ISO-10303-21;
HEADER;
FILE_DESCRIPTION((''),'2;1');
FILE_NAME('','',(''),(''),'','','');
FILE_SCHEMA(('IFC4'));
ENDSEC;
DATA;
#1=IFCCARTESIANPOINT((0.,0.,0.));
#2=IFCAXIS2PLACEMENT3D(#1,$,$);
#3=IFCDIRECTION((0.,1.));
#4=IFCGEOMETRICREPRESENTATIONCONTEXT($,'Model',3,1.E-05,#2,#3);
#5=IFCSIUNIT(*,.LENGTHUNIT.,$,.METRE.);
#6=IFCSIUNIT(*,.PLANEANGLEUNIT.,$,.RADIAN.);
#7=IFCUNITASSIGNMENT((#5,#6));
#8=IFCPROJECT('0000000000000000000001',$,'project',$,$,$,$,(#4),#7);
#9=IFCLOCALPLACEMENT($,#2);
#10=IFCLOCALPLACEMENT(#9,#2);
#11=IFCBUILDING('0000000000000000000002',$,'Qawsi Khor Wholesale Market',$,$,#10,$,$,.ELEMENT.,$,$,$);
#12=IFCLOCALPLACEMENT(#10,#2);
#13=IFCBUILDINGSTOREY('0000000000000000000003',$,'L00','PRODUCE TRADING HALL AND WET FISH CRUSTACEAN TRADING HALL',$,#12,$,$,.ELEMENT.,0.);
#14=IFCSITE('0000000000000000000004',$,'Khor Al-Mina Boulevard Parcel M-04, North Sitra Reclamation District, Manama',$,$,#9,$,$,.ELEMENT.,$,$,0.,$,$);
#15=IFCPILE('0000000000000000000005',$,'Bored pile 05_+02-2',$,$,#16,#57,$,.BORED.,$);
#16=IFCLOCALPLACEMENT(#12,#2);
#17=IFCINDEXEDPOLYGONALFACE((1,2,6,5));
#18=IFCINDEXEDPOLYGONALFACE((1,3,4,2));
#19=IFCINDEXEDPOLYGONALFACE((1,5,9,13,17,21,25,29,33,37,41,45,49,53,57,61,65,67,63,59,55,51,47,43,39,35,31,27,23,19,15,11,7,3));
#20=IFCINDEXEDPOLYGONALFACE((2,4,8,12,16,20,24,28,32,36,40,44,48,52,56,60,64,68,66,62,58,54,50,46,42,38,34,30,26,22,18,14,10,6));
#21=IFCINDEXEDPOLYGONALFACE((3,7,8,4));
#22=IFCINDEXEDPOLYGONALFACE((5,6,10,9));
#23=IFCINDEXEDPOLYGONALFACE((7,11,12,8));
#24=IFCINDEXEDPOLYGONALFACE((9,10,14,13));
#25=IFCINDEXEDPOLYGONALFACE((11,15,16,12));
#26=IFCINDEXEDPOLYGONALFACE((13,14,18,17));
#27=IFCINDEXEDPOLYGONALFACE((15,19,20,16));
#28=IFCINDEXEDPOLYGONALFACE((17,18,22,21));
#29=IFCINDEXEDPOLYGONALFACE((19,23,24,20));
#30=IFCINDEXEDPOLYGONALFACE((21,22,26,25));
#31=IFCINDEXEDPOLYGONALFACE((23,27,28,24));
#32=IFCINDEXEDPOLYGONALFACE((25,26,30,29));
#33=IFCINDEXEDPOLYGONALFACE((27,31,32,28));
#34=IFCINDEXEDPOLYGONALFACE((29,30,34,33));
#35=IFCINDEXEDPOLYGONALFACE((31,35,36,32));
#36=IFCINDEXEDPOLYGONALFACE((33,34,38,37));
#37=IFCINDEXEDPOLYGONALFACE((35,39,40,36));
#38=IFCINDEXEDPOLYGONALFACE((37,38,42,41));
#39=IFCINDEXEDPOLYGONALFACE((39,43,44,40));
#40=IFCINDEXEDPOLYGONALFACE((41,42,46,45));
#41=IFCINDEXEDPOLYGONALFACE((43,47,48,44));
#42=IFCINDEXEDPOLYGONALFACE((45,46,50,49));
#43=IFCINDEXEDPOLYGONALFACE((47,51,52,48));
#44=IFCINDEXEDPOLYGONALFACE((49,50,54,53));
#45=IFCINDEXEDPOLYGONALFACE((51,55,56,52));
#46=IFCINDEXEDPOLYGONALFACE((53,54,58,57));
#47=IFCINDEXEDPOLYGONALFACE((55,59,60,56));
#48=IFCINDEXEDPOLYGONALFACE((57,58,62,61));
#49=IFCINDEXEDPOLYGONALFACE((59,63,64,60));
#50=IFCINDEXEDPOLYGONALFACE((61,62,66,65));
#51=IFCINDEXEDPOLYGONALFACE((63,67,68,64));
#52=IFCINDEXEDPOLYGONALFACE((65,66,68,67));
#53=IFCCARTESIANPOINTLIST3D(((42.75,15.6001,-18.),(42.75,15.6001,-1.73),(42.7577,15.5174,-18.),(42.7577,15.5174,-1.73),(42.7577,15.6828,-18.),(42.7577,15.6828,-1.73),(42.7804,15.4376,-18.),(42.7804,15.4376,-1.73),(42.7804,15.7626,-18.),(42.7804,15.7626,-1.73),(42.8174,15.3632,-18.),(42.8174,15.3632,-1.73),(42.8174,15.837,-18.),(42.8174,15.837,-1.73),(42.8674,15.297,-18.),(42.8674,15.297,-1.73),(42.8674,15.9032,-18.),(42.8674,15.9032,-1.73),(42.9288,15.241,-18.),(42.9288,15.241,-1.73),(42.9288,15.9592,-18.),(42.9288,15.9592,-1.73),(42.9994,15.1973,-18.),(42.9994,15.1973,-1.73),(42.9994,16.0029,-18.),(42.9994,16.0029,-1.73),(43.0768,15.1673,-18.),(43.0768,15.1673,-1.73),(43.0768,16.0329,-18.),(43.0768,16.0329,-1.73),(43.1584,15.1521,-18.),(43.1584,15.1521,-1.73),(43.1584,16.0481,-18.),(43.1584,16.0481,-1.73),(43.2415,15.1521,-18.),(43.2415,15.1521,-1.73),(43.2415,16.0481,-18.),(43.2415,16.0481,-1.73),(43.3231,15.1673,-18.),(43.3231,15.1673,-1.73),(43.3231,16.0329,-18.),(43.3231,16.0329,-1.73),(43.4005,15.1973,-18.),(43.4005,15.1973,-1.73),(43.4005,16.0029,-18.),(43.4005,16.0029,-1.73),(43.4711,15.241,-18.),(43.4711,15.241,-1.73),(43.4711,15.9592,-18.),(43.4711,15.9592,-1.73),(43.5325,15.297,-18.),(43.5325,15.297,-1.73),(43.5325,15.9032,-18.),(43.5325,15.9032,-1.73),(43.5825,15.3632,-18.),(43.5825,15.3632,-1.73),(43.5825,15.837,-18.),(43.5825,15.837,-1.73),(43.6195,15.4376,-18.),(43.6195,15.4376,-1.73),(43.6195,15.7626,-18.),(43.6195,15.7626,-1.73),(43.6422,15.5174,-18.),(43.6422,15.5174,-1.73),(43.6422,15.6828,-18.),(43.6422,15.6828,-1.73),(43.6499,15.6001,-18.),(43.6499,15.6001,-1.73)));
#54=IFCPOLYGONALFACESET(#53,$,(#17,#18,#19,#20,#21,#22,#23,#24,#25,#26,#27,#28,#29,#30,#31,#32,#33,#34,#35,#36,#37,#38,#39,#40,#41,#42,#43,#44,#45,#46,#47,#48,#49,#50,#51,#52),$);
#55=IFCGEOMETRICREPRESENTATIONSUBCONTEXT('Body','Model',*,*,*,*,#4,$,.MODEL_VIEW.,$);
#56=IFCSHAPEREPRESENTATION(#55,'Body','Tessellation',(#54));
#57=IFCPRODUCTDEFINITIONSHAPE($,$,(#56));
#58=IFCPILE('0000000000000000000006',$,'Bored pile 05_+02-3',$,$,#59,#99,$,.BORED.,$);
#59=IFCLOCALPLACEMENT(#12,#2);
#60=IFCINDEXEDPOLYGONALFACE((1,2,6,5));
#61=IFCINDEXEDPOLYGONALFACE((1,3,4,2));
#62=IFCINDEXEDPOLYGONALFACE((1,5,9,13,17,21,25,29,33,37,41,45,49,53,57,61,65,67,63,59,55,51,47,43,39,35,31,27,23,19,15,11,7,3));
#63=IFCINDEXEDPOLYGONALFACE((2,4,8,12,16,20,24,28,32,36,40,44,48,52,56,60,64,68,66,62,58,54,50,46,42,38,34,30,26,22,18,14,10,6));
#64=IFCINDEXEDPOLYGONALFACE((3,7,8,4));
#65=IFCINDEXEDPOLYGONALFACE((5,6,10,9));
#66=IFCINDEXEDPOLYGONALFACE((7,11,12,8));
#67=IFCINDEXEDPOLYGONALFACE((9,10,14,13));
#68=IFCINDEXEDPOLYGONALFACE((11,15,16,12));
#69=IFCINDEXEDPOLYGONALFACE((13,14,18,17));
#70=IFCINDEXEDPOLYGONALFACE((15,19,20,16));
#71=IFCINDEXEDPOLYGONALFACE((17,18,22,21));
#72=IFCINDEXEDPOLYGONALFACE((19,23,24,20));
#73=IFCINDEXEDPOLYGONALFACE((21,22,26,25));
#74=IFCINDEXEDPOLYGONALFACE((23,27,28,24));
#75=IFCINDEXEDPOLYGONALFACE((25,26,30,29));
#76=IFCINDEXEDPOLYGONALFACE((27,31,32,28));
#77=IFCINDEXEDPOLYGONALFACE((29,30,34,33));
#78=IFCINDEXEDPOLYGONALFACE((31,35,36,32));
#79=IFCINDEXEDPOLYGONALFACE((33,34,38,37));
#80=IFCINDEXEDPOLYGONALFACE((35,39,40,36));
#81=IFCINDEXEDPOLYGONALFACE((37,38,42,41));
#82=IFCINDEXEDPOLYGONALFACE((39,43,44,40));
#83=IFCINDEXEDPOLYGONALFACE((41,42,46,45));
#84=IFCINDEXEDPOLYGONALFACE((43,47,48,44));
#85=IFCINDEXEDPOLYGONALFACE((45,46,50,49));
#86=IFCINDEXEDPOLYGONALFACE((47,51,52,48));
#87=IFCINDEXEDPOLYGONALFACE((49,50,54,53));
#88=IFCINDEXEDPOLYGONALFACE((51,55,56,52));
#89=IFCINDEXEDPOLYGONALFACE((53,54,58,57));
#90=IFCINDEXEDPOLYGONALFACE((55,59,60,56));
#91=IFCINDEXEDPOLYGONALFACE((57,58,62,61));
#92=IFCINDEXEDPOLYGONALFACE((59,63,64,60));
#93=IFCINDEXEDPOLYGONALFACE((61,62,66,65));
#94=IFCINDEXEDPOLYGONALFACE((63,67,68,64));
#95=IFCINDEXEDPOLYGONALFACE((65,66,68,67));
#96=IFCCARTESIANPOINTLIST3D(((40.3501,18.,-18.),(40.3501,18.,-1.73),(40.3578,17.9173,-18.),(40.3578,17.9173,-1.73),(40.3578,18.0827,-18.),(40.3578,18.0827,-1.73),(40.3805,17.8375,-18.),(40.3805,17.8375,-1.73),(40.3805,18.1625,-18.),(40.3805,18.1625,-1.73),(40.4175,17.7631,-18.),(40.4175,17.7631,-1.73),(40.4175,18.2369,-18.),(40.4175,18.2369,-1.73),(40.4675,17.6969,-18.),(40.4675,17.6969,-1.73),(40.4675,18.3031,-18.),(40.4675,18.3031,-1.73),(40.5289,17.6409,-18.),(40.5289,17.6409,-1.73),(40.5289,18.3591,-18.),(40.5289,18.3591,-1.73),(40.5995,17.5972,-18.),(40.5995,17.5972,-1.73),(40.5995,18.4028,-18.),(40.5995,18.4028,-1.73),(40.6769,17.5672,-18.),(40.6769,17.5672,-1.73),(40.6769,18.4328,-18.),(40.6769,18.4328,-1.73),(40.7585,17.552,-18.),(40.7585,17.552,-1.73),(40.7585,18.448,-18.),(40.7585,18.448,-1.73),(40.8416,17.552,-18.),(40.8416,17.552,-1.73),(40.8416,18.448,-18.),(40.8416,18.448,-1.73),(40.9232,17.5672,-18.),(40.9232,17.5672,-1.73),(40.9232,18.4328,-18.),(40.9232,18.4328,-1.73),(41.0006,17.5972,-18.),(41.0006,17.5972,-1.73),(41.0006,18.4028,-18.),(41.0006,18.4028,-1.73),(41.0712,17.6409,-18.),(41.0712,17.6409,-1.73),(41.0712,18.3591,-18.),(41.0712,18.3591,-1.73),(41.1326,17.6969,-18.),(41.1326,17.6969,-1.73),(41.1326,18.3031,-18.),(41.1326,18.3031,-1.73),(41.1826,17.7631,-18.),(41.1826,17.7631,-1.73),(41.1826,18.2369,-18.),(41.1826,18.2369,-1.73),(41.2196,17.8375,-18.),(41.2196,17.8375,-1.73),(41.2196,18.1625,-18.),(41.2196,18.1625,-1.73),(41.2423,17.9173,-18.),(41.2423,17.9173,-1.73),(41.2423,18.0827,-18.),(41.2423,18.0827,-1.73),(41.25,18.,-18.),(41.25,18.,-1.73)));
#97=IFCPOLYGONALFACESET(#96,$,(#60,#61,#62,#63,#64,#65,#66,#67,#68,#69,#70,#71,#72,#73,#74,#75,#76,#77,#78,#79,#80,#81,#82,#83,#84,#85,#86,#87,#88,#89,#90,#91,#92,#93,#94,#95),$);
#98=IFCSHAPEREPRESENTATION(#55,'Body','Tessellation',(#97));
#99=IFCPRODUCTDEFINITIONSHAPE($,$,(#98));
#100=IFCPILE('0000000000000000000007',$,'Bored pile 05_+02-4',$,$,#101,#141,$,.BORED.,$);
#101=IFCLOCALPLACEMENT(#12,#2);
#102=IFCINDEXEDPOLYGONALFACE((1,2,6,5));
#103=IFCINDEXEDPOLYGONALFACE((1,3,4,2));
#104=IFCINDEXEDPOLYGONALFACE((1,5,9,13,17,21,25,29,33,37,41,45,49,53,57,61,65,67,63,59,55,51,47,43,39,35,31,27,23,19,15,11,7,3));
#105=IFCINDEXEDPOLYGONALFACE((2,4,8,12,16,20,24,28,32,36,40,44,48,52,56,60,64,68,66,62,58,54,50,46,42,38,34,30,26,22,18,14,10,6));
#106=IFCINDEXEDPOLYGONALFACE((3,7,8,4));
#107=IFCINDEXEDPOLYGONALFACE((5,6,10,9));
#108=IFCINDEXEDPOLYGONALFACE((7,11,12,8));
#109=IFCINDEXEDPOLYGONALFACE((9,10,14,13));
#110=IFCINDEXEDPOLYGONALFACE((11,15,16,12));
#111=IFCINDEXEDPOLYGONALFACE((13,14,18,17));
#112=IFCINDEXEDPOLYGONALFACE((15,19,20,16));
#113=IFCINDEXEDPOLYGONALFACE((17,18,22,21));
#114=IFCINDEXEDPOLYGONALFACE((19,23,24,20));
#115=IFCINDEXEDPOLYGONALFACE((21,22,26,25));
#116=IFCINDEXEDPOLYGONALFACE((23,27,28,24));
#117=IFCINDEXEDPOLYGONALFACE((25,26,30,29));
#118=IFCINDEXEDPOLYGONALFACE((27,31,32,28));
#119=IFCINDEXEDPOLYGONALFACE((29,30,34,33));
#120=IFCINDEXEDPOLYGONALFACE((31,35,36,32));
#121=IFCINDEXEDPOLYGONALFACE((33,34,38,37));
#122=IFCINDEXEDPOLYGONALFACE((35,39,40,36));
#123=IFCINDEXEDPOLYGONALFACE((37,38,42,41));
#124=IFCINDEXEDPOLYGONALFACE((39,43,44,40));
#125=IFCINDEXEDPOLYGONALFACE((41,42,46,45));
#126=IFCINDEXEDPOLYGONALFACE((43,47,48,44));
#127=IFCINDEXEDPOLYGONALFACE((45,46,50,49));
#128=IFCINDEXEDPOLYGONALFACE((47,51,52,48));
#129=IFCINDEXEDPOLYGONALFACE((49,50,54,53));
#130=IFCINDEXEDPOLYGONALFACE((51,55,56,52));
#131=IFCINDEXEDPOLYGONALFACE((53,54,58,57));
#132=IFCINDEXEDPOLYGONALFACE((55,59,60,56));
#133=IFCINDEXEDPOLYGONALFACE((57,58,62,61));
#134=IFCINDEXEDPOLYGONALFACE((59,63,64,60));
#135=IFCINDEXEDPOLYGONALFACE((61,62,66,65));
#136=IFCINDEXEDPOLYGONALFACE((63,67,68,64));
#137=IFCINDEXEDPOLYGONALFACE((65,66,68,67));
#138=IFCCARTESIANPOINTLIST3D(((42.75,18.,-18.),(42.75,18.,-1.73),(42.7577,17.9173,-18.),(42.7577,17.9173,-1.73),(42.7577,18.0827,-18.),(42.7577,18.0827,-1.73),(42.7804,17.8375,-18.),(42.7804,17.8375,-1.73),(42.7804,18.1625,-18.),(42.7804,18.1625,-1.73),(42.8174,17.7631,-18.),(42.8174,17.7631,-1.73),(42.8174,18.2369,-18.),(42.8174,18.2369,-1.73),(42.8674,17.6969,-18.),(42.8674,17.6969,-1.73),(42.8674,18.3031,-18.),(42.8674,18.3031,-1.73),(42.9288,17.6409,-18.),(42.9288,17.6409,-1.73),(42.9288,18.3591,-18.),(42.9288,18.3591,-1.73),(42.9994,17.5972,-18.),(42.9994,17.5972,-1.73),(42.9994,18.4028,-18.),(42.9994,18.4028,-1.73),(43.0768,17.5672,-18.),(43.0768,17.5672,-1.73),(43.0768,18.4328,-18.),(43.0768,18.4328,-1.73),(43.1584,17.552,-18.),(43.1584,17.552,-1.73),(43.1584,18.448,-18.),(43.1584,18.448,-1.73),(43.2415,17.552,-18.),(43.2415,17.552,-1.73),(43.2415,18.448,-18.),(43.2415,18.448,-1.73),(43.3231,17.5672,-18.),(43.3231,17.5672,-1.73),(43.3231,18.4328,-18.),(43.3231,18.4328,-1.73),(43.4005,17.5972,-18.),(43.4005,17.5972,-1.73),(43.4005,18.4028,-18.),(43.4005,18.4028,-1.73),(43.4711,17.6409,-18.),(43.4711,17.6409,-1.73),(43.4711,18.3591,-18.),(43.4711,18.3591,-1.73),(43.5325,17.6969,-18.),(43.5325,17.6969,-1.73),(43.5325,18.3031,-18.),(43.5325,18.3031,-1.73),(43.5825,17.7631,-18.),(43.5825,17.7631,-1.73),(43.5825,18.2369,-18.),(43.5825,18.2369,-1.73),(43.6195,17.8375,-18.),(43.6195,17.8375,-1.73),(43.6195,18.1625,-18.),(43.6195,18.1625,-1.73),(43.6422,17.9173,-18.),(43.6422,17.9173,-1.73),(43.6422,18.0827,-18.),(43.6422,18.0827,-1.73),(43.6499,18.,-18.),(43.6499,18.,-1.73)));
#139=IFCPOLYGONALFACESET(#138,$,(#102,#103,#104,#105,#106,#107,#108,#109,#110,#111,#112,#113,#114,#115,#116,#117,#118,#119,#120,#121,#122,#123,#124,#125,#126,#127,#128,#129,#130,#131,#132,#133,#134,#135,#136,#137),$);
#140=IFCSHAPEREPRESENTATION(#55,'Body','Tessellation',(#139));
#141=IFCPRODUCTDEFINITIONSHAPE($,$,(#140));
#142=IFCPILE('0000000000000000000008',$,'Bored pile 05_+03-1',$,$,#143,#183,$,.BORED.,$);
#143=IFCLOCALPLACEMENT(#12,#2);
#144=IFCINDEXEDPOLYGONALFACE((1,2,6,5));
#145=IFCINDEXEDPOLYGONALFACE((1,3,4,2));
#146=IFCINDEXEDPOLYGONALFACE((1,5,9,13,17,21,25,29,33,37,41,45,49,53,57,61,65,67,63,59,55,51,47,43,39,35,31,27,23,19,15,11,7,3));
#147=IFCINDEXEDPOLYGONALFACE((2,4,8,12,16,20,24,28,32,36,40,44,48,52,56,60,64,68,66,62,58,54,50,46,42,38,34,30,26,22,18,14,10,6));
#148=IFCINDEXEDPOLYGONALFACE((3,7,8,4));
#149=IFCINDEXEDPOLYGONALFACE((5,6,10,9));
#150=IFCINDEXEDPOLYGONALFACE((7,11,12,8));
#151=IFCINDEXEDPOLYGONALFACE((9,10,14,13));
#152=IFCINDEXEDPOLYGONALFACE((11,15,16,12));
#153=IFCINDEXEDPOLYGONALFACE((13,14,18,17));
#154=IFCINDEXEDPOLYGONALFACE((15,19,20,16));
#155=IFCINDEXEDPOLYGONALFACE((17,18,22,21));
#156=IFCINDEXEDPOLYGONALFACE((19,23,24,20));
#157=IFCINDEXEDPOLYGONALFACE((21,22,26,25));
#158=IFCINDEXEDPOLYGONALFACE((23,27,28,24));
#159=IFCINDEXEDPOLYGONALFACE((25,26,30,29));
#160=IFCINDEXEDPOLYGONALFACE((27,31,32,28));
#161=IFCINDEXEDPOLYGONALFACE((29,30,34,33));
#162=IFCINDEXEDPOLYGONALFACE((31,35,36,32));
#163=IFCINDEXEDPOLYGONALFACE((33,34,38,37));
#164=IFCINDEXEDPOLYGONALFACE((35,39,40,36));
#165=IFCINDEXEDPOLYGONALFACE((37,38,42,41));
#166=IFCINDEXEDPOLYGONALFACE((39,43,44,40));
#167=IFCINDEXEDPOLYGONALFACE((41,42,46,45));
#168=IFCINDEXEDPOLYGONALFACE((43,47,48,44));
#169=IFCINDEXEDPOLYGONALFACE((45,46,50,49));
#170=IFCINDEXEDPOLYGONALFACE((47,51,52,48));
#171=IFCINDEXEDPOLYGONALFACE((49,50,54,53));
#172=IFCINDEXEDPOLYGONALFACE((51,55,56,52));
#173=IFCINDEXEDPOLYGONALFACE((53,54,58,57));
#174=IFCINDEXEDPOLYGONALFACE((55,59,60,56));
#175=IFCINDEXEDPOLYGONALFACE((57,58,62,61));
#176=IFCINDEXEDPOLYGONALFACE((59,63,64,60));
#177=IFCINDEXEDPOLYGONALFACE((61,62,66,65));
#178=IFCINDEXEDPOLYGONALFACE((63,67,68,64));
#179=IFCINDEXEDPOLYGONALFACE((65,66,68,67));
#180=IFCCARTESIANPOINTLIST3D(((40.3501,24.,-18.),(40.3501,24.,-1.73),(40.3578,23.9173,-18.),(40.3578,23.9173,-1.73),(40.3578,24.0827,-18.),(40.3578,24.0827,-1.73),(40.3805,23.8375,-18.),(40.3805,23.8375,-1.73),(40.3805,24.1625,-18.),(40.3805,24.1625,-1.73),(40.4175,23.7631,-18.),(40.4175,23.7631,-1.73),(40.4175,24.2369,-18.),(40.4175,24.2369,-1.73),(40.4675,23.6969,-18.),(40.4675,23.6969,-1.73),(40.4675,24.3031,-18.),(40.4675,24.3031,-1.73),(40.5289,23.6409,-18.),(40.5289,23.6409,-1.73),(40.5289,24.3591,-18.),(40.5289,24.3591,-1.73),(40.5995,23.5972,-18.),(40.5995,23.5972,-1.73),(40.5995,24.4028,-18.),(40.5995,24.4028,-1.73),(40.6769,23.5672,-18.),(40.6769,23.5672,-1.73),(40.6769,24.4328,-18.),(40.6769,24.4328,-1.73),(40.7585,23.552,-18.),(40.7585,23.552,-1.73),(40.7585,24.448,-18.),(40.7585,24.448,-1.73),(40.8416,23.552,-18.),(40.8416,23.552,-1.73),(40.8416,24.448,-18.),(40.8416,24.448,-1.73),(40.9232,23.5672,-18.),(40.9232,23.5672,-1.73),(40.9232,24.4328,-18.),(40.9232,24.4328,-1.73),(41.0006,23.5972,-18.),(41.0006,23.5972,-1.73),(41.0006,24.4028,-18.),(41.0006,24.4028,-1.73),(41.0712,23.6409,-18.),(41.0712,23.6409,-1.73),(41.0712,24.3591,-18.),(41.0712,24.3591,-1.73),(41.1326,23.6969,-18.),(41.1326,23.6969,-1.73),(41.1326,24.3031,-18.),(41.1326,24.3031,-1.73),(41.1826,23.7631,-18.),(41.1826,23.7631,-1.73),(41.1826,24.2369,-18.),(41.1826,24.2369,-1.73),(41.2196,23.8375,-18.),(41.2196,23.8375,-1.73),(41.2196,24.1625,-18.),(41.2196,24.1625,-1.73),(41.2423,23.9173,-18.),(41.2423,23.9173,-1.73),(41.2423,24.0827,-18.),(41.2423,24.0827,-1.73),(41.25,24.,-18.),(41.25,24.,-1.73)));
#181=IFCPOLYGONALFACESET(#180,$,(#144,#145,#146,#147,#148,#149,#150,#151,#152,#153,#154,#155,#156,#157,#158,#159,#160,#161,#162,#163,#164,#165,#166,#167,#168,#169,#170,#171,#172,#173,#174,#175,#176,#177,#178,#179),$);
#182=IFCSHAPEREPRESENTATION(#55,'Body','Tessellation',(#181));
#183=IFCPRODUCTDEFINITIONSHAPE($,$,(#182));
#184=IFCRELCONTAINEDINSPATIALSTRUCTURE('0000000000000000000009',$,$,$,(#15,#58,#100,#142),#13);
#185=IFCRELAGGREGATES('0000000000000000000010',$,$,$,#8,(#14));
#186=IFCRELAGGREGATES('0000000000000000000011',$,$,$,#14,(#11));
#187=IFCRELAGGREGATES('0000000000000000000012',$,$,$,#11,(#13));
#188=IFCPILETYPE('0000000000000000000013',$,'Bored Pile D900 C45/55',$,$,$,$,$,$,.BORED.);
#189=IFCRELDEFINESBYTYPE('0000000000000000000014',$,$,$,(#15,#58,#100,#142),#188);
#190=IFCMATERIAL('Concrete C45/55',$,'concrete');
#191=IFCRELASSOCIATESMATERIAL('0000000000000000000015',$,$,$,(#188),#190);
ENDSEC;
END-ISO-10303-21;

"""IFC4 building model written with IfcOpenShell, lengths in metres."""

from ifc_helpers import new_model, si_unit, direction, frame, origin, origin_2d, place, context, subcontext, project, spatial, circle, extrude, material, material_profile, profile_set, type_object, element, save


model = new_model("IFC4")

# Units and contexts
model_context = context("Model", 3, precision=1e-05, world=origin(), true_north=direction((0.0, 1.0)))
body_context = subcontext(model_context, "Body", "Model", "MODEL_VIEW")
ifc_project = project(units=[si_unit("LENGTHUNIT", "METRE"), si_unit("PLANEANGLEUNIT", "RADIAN")], contexts=[model_context])

# Site, building, storey
site_placement = place(None, origin())
site = spatial("IfcSite", under=ifc_project, at=site_placement, Name="Khor Al-Mina Boulevard Parcel M-04, North Sitra Reclamation District, Manama", CompositionType="ELEMENT", RefElevation=0.0)
building_placement = place(site_placement, origin())
building = spatial("IfcBuilding", under=site, at=building_placement, Name="Qawsi Khor Wholesale Market", CompositionType="ELEMENT")
storey_placement = place(building_placement, origin())
storey = spatial("IfcBuildingStorey", under=building, at=storey_placement, Name="L00", Description="PRODUCE TRADING HALL AND WET FISH CRUSTACEAN TRADING HALL", CompositionType="ELEMENT", Elevation=0.0)

# Piles
ifc_material_1 = material(Name="Concrete C45/55", Category="concrete")
ifc_material_profile_1 = material_profile(ifc_material_1, circle(Radius=0.45, at=origin_2d()), Name="PILE D900")
ifc_profile_set_1 = profile_set([ifc_material_profile_1], Name="Concrete C45/55")
pile_type_1 = type_object("IfcPileType", Name="Bored Pile D900 C45/55", PredefinedType="BORED", material=ifc_profile_set_1)
for number, where, z_axis, x_axis, name in (
    (1, (43.2, 15.6001, -1.73), (0.0, 0.0, -1.0), (1.0, 0.0, 0.0), "Bored pile 05_+02-2"),
    (2, (40.8, 18.0, -1.73), (0.0, 0.0, -1.0), (1.0, 0.0, 0.0), "Bored pile 05_+02-3"),
    (3, (43.2, 18.0, -1.73), (0.0, 0.0, -1.0), (1.0, 0.0, 0.0), "Bored pile 05_+02-4"),
    (4, (40.8, 24.0, -1.73), (0.0, 0.0, -1.0), (1.0, 0.0, 0.0), "Bored pile 05_+03-1"),
):
    element("IfcPile", number, at=place(storey_placement, frame(where, z_axis=z_axis, x_axis=x_axis)), inside=storey, type_object=pile_type_1, Name=name, PredefinedType="BORED", context=body_context, shape_type="SweptSolid", body=[
        extrude(circle(Radius=0.45, at=origin_2d()), origin(), (0.0, 0.0, 1.0), 16.27),
    ])

save(model, "model.ifc")
